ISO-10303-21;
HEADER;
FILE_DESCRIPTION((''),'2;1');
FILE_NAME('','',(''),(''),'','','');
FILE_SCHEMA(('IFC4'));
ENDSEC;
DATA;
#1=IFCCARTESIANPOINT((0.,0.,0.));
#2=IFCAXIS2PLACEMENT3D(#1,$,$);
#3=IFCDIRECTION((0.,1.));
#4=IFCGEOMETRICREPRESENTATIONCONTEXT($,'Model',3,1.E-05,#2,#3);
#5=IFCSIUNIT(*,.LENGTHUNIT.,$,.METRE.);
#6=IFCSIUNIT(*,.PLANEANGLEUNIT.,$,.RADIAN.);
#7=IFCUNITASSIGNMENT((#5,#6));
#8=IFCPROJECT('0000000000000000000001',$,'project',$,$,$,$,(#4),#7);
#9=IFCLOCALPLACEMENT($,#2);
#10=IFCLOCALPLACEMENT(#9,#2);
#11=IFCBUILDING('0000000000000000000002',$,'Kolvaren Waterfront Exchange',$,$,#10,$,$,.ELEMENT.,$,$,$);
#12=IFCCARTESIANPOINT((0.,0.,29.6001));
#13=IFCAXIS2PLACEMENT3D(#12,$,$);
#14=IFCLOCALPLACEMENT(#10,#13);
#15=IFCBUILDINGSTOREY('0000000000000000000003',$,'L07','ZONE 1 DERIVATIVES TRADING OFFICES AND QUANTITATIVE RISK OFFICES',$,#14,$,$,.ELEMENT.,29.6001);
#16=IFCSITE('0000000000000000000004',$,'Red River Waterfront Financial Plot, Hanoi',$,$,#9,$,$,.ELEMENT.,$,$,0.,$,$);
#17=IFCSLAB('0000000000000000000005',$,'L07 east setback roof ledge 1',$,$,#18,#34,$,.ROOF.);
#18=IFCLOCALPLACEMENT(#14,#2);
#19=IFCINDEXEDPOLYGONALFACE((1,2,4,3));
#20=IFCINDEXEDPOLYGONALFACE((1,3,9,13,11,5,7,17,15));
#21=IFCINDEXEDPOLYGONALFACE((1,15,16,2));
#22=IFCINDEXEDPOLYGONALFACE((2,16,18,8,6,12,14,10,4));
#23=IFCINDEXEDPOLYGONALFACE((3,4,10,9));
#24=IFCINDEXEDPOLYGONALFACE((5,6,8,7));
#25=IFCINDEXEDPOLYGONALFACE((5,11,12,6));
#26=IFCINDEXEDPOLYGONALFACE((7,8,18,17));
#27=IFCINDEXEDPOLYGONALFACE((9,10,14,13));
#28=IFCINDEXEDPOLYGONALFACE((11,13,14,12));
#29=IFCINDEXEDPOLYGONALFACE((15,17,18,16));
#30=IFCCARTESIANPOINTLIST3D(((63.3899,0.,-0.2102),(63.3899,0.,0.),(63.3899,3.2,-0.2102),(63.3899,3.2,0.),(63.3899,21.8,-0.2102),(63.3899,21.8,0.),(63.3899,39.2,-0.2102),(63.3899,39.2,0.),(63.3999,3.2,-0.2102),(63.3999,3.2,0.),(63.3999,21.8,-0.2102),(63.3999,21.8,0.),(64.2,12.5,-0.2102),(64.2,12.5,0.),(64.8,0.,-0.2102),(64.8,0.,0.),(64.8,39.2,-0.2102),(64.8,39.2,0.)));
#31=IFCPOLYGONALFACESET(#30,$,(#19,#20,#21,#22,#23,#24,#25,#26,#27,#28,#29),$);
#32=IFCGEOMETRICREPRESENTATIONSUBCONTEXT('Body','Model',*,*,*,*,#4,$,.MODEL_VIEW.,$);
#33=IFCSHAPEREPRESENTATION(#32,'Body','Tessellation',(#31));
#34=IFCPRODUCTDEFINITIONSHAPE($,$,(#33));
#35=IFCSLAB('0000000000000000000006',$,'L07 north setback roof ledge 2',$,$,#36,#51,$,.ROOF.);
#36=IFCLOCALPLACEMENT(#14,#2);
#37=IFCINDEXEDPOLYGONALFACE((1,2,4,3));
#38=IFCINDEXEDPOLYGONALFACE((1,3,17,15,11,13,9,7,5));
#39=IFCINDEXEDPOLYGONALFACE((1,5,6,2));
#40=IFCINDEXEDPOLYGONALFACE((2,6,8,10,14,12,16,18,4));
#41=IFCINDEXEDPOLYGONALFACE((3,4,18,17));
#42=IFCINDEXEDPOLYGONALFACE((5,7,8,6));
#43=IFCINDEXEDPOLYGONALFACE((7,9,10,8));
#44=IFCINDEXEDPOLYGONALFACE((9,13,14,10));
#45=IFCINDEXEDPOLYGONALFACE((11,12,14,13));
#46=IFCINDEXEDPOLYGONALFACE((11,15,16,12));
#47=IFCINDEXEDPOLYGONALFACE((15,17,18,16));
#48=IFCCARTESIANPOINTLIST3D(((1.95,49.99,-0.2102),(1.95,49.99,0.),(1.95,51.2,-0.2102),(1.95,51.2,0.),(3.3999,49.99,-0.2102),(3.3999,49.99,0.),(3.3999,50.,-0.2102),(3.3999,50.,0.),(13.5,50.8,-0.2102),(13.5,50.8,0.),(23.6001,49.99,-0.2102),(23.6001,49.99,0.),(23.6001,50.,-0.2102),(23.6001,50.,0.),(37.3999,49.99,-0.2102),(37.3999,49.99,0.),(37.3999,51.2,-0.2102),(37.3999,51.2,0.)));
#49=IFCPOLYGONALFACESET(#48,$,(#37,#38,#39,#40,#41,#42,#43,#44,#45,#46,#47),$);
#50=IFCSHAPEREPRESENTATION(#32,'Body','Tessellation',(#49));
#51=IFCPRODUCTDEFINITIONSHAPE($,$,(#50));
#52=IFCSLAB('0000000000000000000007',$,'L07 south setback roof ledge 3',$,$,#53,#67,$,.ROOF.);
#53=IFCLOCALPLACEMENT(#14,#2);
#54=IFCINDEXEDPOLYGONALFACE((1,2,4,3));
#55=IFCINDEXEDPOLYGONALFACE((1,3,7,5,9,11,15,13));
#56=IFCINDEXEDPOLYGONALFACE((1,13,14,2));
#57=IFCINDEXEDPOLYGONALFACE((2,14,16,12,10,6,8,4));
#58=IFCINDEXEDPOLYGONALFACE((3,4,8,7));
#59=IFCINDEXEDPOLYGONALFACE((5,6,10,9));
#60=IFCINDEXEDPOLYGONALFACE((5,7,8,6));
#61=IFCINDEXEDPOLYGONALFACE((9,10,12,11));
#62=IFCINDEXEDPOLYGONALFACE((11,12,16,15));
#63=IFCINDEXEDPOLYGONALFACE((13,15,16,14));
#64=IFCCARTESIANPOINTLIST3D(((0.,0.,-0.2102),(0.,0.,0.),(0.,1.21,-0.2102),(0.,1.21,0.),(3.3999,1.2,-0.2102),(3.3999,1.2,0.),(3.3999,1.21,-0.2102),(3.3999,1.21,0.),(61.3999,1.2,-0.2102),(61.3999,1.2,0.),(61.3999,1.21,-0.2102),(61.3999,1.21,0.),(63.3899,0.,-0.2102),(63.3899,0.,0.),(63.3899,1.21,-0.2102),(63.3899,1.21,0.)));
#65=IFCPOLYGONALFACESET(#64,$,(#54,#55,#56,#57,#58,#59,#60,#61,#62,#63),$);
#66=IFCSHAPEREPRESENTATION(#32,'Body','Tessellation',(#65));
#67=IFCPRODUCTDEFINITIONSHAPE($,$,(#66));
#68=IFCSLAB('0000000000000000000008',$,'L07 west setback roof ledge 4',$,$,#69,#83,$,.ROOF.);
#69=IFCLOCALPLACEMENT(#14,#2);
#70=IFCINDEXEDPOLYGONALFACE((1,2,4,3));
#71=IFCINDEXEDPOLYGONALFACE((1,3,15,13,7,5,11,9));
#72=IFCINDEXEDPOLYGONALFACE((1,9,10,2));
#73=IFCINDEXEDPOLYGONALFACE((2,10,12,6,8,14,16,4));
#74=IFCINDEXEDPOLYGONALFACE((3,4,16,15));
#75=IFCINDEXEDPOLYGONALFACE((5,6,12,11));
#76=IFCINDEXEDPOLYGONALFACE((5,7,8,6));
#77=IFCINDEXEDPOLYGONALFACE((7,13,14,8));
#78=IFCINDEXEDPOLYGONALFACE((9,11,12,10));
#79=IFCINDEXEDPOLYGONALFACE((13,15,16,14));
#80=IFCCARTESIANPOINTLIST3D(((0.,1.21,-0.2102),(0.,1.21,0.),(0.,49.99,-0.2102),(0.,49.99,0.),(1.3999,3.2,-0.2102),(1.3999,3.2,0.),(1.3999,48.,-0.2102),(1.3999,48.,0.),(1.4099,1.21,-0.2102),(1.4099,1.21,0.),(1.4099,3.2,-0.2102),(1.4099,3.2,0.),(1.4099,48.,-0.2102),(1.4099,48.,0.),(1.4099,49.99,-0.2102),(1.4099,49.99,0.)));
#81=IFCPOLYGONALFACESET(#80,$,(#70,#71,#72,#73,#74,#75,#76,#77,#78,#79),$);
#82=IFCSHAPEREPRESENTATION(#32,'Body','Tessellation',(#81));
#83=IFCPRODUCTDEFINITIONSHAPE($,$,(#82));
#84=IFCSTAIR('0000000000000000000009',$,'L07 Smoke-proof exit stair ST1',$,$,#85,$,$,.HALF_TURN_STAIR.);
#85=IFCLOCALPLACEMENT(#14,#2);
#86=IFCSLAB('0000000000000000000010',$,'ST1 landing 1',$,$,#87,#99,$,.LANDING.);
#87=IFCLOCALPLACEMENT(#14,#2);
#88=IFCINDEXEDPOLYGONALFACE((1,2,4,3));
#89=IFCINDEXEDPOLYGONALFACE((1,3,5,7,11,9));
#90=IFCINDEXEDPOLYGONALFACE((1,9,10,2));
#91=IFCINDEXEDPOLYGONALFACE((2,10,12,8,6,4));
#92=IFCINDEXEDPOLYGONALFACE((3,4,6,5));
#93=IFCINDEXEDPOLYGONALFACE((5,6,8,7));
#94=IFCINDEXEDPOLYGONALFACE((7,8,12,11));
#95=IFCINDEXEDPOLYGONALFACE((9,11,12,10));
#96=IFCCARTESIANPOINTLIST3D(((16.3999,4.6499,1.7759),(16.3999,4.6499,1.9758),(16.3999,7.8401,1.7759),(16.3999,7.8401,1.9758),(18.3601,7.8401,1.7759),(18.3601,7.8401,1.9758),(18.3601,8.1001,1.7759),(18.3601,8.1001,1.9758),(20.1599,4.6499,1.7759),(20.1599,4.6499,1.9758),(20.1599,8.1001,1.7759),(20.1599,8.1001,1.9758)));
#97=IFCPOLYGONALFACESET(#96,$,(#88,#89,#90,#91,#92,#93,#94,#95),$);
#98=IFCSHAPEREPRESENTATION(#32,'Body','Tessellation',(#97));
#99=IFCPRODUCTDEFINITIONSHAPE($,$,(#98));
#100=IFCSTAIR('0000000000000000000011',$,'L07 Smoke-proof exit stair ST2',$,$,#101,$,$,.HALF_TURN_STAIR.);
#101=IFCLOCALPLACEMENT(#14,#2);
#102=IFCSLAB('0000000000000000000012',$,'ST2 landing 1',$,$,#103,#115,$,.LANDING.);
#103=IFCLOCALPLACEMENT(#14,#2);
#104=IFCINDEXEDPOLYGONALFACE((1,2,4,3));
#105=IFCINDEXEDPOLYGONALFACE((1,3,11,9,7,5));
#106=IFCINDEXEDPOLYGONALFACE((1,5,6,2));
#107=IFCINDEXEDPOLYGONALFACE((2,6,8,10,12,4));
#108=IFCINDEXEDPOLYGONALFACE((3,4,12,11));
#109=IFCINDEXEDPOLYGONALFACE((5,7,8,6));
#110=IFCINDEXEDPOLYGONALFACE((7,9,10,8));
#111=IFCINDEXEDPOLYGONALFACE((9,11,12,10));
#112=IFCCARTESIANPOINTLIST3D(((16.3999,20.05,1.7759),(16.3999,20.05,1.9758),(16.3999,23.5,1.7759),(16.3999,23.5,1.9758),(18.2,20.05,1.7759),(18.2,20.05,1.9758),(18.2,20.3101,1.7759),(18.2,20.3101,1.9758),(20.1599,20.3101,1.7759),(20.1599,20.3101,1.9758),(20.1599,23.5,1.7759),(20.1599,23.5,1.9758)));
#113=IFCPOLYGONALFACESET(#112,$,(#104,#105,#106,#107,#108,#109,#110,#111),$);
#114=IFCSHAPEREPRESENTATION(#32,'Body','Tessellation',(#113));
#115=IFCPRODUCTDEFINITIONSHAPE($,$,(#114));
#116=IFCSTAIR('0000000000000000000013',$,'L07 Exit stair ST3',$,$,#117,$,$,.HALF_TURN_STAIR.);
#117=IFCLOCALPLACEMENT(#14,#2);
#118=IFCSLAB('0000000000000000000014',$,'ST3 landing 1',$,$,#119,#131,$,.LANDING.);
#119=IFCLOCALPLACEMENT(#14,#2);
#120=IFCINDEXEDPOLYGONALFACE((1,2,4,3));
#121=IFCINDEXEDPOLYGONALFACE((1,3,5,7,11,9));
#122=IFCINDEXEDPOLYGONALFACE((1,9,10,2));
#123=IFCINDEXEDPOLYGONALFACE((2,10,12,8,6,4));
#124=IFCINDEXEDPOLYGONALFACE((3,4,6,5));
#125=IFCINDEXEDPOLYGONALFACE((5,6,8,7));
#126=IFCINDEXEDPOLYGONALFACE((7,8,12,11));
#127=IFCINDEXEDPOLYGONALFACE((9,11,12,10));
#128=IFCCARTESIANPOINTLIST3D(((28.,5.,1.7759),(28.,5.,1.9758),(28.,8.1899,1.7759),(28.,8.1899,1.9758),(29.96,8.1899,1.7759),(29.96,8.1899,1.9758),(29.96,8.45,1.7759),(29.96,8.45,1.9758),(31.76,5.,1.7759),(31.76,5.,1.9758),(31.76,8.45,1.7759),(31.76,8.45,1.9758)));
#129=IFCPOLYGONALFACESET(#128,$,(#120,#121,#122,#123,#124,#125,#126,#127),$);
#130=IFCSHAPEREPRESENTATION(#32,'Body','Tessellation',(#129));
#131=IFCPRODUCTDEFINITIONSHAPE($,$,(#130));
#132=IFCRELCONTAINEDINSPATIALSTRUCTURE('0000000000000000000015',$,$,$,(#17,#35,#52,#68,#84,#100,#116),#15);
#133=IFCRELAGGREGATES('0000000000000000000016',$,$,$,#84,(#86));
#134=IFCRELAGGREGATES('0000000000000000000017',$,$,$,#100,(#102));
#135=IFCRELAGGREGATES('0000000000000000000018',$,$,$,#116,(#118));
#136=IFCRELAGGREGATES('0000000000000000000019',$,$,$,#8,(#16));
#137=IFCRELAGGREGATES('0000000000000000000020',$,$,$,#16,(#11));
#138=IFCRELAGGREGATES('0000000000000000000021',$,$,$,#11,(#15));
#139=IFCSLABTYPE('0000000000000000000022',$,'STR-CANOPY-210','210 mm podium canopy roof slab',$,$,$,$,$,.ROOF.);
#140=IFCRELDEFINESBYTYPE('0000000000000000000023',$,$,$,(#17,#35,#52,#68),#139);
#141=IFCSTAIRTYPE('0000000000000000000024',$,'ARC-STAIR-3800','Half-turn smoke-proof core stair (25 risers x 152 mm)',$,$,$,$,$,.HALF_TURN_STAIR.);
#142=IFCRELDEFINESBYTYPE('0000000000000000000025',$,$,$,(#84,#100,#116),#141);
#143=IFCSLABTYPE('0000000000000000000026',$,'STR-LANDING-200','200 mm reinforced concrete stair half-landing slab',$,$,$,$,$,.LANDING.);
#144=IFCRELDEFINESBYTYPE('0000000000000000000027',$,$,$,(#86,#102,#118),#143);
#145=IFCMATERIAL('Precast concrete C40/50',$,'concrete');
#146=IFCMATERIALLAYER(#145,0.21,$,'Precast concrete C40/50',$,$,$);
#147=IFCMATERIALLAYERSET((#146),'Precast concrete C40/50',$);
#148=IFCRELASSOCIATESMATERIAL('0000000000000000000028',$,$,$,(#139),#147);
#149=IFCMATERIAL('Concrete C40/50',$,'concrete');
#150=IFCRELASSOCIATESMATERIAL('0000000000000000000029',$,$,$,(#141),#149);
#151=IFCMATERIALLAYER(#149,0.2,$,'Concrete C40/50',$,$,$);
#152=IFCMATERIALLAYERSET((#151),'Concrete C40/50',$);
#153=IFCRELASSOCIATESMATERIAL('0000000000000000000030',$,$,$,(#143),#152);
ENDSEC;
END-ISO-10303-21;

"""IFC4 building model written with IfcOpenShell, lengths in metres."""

from ifc_helpers import new_model, si_unit, direction, frame, origin, place, context, subcontext, project, spatial, polyline, outline, extrude, material, layer, layer_set, type_object, element, aggregate, save


model = new_model("IFC4")

# Units and contexts
model_context = context("Model", 3, precision=1e-05, world=origin(), true_north=direction((0.0, 1.0)))
body_context = subcontext(model_context, "Body", "Model", "MODEL_VIEW")
ifc_project = project(units=[si_unit("LENGTHUNIT", "METRE"), si_unit("PLANEANGLEUNIT", "RADIAN")], contexts=[model_context])

# Site, building, storey
site_placement = place(None, origin())
site = spatial("IfcSite", under=ifc_project, at=site_placement, Name="Red River Waterfront Financial Plot, Hanoi", CompositionType="ELEMENT", RefElevation=0.0)
building_placement = place(site_placement, origin())
building = spatial("IfcBuilding", under=site, at=building_placement, Name="Kolvaren Waterfront Exchange", CompositionType="ELEMENT")
storey_placement = place(building_placement, frame((0.0, 0.0, 29.6001)))
storey = spatial("IfcBuildingStorey", under=building, at=storey_placement, Name="L07", Description="ZONE 1 DERIVATIVES TRADING OFFICES AND QUANTITATIVE RISK OFFICES", CompositionType="ELEMENT", Elevation=29.6001)

# Slabs
ifc_material_1 = material(Name="Precast concrete C40/50", Category="concrete")
ifc_layer_1 = layer(ifc_material_1, 0.21, Name="Precast concrete C40/50")
ifc_layer_set_1 = layer_set([ifc_layer_1], Name="Precast concrete C40/50")
slab_type_1 = type_object("IfcSlabType", Name="STR-CANOPY-210", Description="210 mm podium canopy roof slab", PredefinedType="ROOF", material=ifc_layer_set_1)
slab_1_placement = place(storey_placement, frame((0.0, 0.0, -0.2102)))
element("IfcSlab", 1, at=slab_1_placement, inside=storey, type_object=slab_type_1, Name="L07 east setback roof ledge 1", PredefinedType="ROOF", context=body_context, shape_type="SweptSolid", body=[
    extrude(outline(polyline([(64.8, 39.2), (64.8, 0.0), (63.3899, 0.0), (63.3899, 3.2), (63.3999, 3.2), (64.2, 12.5), (63.3999, 21.8), (63.3899, 21.8), (63.3899, 39.2), (64.8, 39.2)])), origin(), (0.0, 0.0, 1.0), 0.2102),
])
slab_2_placement = place(storey_placement, frame((0.0, 0.0, -0.2102)))
element("IfcSlab", 2, at=slab_2_placement, inside=storey, type_object=slab_type_1, Name="L07 north setback roof ledge 2", PredefinedType="ROOF", context=body_context, shape_type="SweptSolid", body=[
    extrude(outline(polyline([(37.3999, 51.2), (37.3999, 49.99), (23.6001, 49.99), (23.6001, 50.0), (13.5, 50.8), (3.3999, 50.0), (3.3999, 49.99), (1.95, 49.99), (1.95, 51.2), (37.3999, 51.2)])), origin(), (0.0, 0.0, 1.0), 0.2102),
])
slab_3_placement = place(storey_placement, frame((0.0, 0.0, -0.2102)))
element("IfcSlab", 3, at=slab_3_placement, inside=storey, type_object=slab_type_1, Name="L07 south setback roof ledge 3", PredefinedType="ROOF", context=body_context, shape_type="SweptSolid", body=[
    extrude(outline(polyline([(0.0, 0.0), (0.0, 1.21), (3.3999, 1.21), (3.3999, 1.2), (61.3999, 1.2), (61.3999, 1.21), (63.3899, 1.21), (63.3899, 0.0), (0.0, 0.0)])), origin(), (0.0, 0.0, 1.0), 0.2102),
])
slab_4_placement = place(storey_placement, frame((0.0, 0.0, -0.2102)))
element("IfcSlab", 4, at=slab_4_placement, inside=storey, type_object=slab_type_1, Name="L07 west setback roof ledge 4", PredefinedType="ROOF", context=body_context, shape_type="SweptSolid", body=[
    extrude(outline(polyline([(0.0, 49.99), (1.4099, 49.99), (1.4099, 48.0), (1.3999, 48.0), (1.3999, 3.2), (1.4099, 3.2), (1.4099, 1.21), (0.0, 1.21), (0.0, 49.99)])), origin(), (0.0, 0.0, 1.0), 0.2102),
])

# Stairs, slabs
ifc_material_2 = material(Name="Concrete C40/50", Category="concrete")
stair_type = type_object("IfcStairType", Name="ARC-STAIR-3800", Description="Half-turn smoke-proof core stair (25 risers x 152 mm)", PredefinedType="HALF_TURN_STAIR", material=ifc_material_2)
stair_1_placement = place(storey_placement, origin())
stair_1 = element("IfcStair", 5, at=stair_1_placement, inside=storey, type_object=stair_type, Name="L07 Smoke-proof exit stair ST1", PredefinedType="HALF_TURN_STAIR")
ifc_layer_2 = layer(ifc_material_2, 0.2, Name="Concrete C40/50")
ifc_layer_set_2 = layer_set([ifc_layer_2], Name="Concrete C40/50")
slab_type_2 = type_object("IfcSlabType", Name="STR-LANDING-200", Description="200 mm reinforced concrete stair half-landing slab", PredefinedType="LANDING", material=ifc_layer_set_2)
slab_5_placement = place(storey_placement, frame((0.0, 0.0, 1.7759)))
slab_5 = element("IfcSlab", 6, at=slab_5_placement, type_object=slab_type_2, Name="ST1 landing 1", PredefinedType="LANDING", context=body_context, shape_type="SweptSolid", body=[
    extrude(outline(polyline([(16.3999, 7.8401), (16.3999, 4.6499), (20.1599, 4.6499), (20.1599, 8.1001), (18.3601, 8.1001), (18.3601, 7.8401), (16.3999, 7.8401)])), origin(), (0.0, 0.0, 1.0), 0.2),
])
aggregate(stair_1, [slab_5])
stair_2_placement = place(storey_placement, origin())
stair_2 = element("IfcStair", 7, at=stair_2_placement, inside=storey, type_object=stair_type, Name="L07 Smoke-proof exit stair ST2", PredefinedType="HALF_TURN_STAIR")
slab_6_placement = place(storey_placement, frame((0.0, 0.0, 1.7759)))
slab_6 = element("IfcSlab", 8, at=slab_6_placement, type_object=slab_type_2, Name="ST2 landing 1", PredefinedType="LANDING", context=body_context, shape_type="SweptSolid", body=[
    extrude(outline(polyline([(20.1599, 20.3101), (20.1599, 23.5), (16.3999, 23.5), (16.3999, 20.05), (18.2, 20.05), (18.2, 20.3101), (20.1599, 20.3101)])), origin(), (0.0, 0.0, 1.0), 0.2),
])
aggregate(stair_2, [slab_6])
stair_3_placement = place(storey_placement, origin())
stair_3 = element("IfcStair", 9, at=stair_3_placement, inside=storey, type_object=stair_type, Name="L07 Exit stair ST3", PredefinedType="HALF_TURN_STAIR")
slab_7_placement = place(storey_placement, frame((0.0, 0.0, 1.7759)))
slab_7 = element("IfcSlab", 10, at=slab_7_placement, type_object=slab_type_2, Name="ST3 landing 1", PredefinedType="LANDING", context=body_context, shape_type="SweptSolid", body=[
    extrude(outline(polyline([(28.0, 8.1899), (28.0, 5.0), (31.76, 5.0), (31.76, 8.45), (29.96, 8.45), (29.96, 8.1899), (28.0, 8.1899)])), origin(), (0.0, 0.0, 1.0), 0.2),
])
aggregate(stair_3, [slab_7])

save(model, "model.ifc")
